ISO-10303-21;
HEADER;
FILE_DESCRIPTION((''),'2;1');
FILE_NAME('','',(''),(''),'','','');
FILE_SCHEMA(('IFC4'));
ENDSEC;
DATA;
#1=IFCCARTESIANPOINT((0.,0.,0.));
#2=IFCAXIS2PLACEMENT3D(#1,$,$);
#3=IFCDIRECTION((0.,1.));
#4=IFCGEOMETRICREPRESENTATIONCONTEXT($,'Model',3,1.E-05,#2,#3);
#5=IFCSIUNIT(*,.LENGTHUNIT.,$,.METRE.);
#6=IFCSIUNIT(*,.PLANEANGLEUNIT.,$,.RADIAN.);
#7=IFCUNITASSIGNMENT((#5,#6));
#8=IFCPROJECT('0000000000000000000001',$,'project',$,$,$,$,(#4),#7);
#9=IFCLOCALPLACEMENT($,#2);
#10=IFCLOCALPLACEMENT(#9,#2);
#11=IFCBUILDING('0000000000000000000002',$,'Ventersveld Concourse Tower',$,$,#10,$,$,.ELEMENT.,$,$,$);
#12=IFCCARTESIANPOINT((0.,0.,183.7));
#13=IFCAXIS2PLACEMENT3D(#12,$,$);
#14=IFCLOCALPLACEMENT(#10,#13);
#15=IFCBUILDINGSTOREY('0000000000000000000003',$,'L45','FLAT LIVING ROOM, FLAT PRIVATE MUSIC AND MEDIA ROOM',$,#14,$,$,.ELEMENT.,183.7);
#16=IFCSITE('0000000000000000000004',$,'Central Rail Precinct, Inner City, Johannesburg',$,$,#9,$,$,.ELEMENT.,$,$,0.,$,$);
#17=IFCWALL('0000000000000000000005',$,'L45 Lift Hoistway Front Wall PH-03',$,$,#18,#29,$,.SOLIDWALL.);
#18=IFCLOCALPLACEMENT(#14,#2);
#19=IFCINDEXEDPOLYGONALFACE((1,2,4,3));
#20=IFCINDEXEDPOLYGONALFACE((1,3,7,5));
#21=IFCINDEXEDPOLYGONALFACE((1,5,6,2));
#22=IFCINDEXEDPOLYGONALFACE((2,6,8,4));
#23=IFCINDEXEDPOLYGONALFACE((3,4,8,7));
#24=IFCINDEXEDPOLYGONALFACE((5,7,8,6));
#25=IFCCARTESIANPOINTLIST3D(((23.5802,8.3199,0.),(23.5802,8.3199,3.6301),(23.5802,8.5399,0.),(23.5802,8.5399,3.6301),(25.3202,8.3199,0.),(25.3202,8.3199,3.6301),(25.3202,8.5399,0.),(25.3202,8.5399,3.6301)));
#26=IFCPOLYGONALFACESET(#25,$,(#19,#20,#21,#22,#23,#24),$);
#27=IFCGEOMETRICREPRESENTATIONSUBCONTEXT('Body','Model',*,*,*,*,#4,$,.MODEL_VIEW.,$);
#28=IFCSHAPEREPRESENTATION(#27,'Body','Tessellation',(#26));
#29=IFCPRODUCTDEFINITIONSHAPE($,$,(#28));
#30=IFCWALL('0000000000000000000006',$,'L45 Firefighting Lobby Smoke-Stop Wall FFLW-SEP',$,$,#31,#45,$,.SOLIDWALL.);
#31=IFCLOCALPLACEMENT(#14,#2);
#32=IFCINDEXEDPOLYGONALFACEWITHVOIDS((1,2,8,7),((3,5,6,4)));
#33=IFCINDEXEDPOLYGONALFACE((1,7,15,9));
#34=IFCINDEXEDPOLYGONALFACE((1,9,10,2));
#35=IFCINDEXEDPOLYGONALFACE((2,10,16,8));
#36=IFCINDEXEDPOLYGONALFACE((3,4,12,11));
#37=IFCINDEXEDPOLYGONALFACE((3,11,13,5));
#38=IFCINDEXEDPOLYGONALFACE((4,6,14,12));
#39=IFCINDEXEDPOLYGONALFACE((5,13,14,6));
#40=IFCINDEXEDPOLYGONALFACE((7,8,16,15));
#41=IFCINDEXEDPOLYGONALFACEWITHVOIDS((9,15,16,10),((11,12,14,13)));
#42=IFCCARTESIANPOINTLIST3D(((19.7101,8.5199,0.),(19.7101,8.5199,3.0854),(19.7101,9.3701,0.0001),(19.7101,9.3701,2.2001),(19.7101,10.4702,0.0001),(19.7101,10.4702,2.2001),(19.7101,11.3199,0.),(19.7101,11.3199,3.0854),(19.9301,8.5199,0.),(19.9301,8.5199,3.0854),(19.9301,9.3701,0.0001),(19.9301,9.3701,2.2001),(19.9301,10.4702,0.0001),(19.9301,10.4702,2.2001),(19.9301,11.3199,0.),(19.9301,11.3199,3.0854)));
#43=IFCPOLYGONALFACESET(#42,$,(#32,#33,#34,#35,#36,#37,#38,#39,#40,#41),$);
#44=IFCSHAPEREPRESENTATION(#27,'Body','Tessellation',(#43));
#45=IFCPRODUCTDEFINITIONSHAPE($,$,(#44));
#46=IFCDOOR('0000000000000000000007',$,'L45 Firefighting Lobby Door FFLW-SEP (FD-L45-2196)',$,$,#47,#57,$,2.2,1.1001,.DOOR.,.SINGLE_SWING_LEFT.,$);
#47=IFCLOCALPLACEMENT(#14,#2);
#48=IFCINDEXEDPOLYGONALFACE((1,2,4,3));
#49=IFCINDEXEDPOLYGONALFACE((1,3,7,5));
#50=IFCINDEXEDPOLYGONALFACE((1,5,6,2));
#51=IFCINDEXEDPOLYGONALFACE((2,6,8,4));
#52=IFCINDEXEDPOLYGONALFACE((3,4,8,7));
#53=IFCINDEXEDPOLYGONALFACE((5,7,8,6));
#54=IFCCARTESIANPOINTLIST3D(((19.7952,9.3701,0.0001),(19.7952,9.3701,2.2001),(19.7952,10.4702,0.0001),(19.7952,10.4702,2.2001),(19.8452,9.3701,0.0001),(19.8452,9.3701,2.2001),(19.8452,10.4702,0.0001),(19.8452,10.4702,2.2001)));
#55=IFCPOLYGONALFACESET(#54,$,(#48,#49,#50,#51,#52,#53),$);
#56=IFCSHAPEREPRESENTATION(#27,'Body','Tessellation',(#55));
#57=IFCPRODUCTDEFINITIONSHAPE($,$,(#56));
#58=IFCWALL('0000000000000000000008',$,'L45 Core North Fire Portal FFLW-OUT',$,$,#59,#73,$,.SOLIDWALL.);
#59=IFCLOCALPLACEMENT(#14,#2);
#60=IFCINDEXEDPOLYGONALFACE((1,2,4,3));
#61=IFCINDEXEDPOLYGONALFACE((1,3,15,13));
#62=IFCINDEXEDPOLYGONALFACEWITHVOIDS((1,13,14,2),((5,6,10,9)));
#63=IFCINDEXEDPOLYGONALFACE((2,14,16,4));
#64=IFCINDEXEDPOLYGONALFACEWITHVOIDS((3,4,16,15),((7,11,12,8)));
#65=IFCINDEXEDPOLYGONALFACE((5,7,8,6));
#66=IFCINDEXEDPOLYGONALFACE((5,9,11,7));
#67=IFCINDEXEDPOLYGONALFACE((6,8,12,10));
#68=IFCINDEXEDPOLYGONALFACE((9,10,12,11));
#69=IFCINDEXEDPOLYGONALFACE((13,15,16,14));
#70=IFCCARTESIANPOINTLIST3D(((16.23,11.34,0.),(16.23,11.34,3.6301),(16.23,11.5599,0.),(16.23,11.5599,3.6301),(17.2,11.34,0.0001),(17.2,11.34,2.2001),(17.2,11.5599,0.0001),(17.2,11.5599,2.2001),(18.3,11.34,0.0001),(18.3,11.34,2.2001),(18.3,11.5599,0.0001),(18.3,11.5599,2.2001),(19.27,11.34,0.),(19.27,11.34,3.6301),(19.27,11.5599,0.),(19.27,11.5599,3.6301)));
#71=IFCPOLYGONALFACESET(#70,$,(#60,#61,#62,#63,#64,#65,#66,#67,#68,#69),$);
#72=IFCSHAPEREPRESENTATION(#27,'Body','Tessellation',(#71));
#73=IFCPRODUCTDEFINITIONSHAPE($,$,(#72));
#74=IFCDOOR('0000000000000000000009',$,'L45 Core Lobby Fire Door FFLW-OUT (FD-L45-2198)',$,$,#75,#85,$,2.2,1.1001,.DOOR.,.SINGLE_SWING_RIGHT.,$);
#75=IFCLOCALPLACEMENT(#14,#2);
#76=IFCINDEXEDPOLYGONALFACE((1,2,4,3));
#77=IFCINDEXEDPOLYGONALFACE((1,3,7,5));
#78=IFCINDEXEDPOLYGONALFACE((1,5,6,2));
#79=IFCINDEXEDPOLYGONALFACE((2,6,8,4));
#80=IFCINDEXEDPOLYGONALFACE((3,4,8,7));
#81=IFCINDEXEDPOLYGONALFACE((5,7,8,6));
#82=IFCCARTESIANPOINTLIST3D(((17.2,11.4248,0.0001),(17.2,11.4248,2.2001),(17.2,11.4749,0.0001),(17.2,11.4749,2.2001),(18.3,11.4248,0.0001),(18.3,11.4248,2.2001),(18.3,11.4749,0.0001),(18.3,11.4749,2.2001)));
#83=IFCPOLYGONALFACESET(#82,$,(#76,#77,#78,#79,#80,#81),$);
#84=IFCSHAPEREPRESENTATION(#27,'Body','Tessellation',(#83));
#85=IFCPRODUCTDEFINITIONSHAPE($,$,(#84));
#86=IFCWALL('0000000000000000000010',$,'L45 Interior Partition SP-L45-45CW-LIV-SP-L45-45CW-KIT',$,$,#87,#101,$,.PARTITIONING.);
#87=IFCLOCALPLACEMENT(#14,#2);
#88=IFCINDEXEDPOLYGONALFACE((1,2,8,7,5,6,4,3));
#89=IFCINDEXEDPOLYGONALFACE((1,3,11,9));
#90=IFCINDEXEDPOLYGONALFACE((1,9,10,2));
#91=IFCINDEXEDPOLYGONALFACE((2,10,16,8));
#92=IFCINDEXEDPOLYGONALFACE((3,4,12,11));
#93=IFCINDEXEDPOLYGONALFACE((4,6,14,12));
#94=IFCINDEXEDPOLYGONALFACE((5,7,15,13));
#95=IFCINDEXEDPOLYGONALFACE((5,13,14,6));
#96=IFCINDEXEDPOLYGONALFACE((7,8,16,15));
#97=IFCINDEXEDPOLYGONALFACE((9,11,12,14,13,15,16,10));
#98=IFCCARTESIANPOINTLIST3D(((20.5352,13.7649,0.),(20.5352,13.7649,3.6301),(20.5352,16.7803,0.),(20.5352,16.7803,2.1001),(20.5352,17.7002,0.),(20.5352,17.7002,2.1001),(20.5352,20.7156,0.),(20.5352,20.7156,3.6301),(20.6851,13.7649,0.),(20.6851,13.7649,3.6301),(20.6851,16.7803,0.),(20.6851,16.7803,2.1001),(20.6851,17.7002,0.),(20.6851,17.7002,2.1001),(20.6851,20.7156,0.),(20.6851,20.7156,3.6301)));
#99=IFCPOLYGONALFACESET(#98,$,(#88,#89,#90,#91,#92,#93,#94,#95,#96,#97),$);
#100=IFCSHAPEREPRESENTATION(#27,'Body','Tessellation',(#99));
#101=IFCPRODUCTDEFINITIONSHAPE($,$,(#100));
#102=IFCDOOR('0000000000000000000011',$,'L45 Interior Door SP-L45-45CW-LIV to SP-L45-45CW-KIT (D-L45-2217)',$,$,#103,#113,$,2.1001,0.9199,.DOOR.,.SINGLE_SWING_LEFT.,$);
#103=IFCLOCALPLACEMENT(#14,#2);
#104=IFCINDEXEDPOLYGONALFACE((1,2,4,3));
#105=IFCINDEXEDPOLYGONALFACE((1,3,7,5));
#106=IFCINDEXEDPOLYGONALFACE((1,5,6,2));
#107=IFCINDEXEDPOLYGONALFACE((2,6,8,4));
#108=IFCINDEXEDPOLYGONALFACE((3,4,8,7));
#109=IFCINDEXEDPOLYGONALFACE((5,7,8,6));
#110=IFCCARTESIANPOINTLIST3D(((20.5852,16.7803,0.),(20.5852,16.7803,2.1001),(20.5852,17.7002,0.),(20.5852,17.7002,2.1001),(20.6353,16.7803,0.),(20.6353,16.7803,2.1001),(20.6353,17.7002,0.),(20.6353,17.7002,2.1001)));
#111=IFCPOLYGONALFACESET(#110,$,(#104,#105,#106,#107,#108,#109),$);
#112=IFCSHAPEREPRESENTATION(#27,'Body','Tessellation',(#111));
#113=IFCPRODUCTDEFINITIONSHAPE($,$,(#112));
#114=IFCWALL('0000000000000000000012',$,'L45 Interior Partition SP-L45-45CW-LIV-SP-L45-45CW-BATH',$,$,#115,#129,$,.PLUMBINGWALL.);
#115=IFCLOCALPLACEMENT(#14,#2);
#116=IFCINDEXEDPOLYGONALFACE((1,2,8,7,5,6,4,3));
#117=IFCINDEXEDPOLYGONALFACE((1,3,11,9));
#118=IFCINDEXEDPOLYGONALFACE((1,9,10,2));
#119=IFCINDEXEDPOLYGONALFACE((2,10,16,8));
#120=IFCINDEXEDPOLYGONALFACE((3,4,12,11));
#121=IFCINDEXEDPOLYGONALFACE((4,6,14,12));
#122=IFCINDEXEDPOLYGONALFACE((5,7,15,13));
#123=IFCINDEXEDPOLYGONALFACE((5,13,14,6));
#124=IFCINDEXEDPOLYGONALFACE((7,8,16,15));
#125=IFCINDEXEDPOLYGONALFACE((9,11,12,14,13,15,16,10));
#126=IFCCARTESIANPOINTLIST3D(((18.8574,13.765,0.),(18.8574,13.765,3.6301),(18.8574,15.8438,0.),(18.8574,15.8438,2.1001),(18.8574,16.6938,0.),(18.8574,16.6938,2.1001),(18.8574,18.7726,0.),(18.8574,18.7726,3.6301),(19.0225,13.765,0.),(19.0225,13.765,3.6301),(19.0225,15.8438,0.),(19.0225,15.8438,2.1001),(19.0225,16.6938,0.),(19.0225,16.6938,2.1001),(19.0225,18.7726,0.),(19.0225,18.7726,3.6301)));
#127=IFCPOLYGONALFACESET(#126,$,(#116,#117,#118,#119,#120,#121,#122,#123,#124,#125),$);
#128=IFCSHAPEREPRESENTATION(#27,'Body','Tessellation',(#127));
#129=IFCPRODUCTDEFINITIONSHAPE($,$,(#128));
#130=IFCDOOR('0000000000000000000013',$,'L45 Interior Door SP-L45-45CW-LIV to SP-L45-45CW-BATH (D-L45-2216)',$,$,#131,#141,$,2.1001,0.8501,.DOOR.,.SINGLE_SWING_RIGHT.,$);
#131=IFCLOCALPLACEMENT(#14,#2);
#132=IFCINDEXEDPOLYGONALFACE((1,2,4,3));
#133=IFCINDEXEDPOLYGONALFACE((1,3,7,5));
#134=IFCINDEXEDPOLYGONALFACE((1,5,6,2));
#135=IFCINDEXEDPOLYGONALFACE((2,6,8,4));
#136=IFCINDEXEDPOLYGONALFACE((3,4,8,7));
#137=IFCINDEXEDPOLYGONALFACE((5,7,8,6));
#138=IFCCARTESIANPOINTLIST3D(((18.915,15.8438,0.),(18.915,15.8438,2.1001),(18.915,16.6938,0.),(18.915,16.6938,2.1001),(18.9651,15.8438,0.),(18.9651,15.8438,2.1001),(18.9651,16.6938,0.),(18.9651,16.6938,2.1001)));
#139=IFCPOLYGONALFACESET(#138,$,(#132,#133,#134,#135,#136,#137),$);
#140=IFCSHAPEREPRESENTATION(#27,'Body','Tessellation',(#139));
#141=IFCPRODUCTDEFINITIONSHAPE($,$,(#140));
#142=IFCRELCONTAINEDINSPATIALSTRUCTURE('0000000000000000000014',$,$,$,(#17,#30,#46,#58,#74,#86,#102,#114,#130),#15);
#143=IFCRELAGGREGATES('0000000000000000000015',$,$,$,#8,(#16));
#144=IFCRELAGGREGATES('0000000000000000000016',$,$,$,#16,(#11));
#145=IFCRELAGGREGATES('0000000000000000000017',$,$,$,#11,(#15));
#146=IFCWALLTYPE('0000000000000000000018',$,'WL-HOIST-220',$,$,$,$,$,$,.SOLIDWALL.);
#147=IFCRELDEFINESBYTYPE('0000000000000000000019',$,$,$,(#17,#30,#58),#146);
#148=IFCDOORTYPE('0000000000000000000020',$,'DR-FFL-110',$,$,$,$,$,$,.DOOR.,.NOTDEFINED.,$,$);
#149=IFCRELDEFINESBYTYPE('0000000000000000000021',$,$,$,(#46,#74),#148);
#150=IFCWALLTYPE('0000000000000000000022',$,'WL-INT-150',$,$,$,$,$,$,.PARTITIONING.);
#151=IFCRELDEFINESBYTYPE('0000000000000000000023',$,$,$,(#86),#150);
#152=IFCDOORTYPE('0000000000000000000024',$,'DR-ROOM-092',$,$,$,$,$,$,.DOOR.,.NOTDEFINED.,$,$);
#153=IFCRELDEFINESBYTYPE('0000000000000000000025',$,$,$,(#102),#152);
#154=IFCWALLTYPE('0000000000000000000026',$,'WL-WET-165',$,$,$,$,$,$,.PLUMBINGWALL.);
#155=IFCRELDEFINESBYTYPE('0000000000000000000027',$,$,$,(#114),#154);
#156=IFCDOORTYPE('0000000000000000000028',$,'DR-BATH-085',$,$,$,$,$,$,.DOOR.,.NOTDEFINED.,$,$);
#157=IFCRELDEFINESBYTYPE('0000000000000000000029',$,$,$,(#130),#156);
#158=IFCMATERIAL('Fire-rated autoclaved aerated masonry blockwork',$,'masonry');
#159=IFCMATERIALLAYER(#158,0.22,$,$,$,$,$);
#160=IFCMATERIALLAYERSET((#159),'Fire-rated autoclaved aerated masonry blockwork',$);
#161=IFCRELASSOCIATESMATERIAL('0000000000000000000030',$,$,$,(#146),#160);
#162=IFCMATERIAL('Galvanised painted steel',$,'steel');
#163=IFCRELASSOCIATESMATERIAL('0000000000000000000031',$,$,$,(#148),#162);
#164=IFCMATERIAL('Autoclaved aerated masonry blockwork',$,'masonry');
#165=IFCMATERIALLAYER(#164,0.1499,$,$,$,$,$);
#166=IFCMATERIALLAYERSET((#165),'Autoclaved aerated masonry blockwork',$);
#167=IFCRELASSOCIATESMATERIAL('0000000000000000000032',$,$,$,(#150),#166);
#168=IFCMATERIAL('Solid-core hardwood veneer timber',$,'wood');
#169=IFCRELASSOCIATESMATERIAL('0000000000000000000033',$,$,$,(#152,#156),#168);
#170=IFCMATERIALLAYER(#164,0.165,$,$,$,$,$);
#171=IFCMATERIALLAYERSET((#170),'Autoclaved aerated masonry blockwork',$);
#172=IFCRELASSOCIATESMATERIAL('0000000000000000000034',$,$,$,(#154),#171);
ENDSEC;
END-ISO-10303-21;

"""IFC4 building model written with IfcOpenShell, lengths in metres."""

from ifc_helpers import new_model, si_unit, direction, frame, frame_2d, origin, place, context, subcontext, project, spatial, rectangle, extrude, material, layer, layer_set, type_object, element, fill, save


model = new_model("IFC4")

# Units and contexts
model_context = context("Model", 3, precision=1e-05, world=origin(), true_north=direction((0.0, 1.0)))
body_context = subcontext(model_context, "Body", "Model", "MODEL_VIEW")
ifc_project = project(units=[si_unit("LENGTHUNIT", "METRE"), si_unit("PLANEANGLEUNIT", "RADIAN")], contexts=[model_context])

# Site, building, storey
site_placement = place(None, origin())
site = spatial("IfcSite", under=ifc_project, at=site_placement, Name="Central Rail Precinct, Inner City, Johannesburg", CompositionType="ELEMENT", RefElevation=0.0)
building_placement = place(site_placement, origin())
building = spatial("IfcBuilding", under=site, at=building_placement, Name="Ventersveld Concourse Tower", CompositionType="ELEMENT")
storey_placement = place(building_placement, frame((0.0, 0.0, 183.7)))
storey = spatial("IfcBuildingStorey", under=building, at=storey_placement, Name="L45", Description="FLAT LIVING ROOM, FLAT PRIVATE MUSIC AND MEDIA ROOM", CompositionType="ELEMENT", Elevation=183.7)

# Shared definitions
ifc_material_1 = material(Name="Fire-rated autoclaved aerated masonry blockwork", Category="masonry")

# Shared definitions
ifc_layer_1 = layer(ifc_material_1, 0.22)
ifc_layer_set_1 = layer_set([ifc_layer_1], Name="Fire-rated autoclaved aerated masonry blockwork")
wall_type_1 = type_object("IfcWallType", Name="WL-HOIST-220", PredefinedType="SOLIDWALL", material=ifc_layer_set_1)

# Wall
wall_1_placement = place(storey_placement, frame((23.5801, 8.4299, 0.0), z_axis=(0.0, 0.0, 1.0), x_axis=(1.0, 0.0, 0.0)))
element("IfcWall", 1, at=wall_1_placement, inside=storey, type_object=wall_type_1, Name="L45 Lift Hoistway Front Wall PH-03", PredefinedType="SOLIDWALL", context=body_context, shape_type="SweptSolid", body=[
    extrude(rectangle(XDim=1.74, YDim=0.22, at=frame_2d((0.8701, 0.0))), origin(), (0.0, 0.0, 1.0), 3.6301),
])

# Walls, openings, doors
wall_2_placement = place(storey_placement, frame((19.8201, 8.52, 0.0), z_axis=(0.0, 0.0, 1.0), x_axis=(0.0, 1.0, 0.0)))
wall_2 = element("IfcWall", 2, at=wall_2_placement, inside=storey, type_object=wall_type_1, Name="L45 Firefighting Lobby Smoke-Stop Wall FFLW-SEP", PredefinedType="SOLIDWALL", context=body_context, shape_type="SweptSolid", body=[
    extrude(rectangle(XDim=2.8, YDim=0.22, at=frame_2d((1.3999, 0.0))), origin(), (0.0, 0.0, 1.0), 3.0854),
])
opening_1_placement = place(wall_2_placement, frame((0.8501, 0.0, 0.0)))
opening_1 = element("IfcOpeningElement", 3, at=opening_1_placement, cuts=wall_2, PredefinedType="OPENING", context=body_context, shape_type="SweptSolid", body=[
    extrude(rectangle(XDim=1.1001, YDim=2.2, at=frame_2d((0.55, 1.1001))), frame((0.0, 0.1201, 0.0), z_axis=(0.0, -1.0, 0.0), x_axis=(1.0, 0.0, 0.0)), (0.0, 0.0, 1.0), 0.24),
])
ifc_material_2 = material(Name="Galvanised painted steel", Category="steel")
door_type_1 = type_object("IfcDoorType", Name="DR-FFL-110", OperationType="NOTDEFINED", PredefinedType="DOOR", material=ifc_material_2)
door_1_placement = place(opening_1_placement, origin())
door_1 = element("IfcDoor", 4, at=door_1_placement, inside=storey, type_object=door_type_1, Name="L45 Firefighting Lobby Door FFLW-SEP (FD-L45-2196)", OperationType="SINGLE_SWING_LEFT", OverallHeight=2.2, OverallWidth=1.1001, PredefinedType="DOOR", context=body_context, shape_type="SweptSolid", body=[
    extrude(rectangle(XDim=1.1001, YDim=2.2, at=frame_2d((0.55, 1.1001))), frame((0.0, 0.0249, 0.0), z_axis=(0.0, -1.0, 0.0), x_axis=(1.0, 0.0, 0.0)), (0.0, 0.0, 1.0), 0.05),
])
fill(opening_1, door_1)
wall_3_placement = place(storey_placement, frame((16.23, 11.45, 0.0), z_axis=(0.0, 0.0, 1.0), x_axis=(1.0, 0.0, 0.0)))
wall_3 = element("IfcWall", 5, at=wall_3_placement, inside=storey, type_object=wall_type_1, Name="L45 Core North Fire Portal FFLW-OUT", PredefinedType="SOLIDWALL", context=body_context, shape_type="SweptSolid", body=[
    extrude(rectangle(XDim=3.04, YDim=0.22, at=frame_2d((1.52, 0.0))), origin(), (0.0, 0.0, 1.0), 3.6301),
])
opening_2_placement = place(wall_3_placement, frame((0.97, 0.0, 0.0)))
opening_2 = element("IfcOpeningElement", 6, at=opening_2_placement, cuts=wall_3, PredefinedType="OPENING", context=body_context, shape_type="SweptSolid", body=[
    extrude(rectangle(XDim=1.1001, YDim=2.2, at=frame_2d((0.55, 1.1001))), frame((0.0, 0.1201, 0.0), z_axis=(0.0, -1.0, 0.0), x_axis=(1.0, 0.0, 0.0)), (0.0, 0.0, 1.0), 0.24),
])
door_2_placement = place(opening_2_placement, origin())
door_2 = element("IfcDoor", 7, at=door_2_placement, inside=storey, type_object=door_type_1, Name="L45 Core Lobby Fire Door FFLW-OUT (FD-L45-2198)", OperationType="SINGLE_SWING_RIGHT", OverallHeight=2.2, OverallWidth=1.1001, PredefinedType="DOOR", context=body_context, shape_type="SweptSolid", body=[
    extrude(rectangle(XDim=1.1001, YDim=2.2, at=frame_2d((0.55, 1.1001))), frame((0.0, 0.0249, 0.0), z_axis=(0.0, -1.0, 0.0), x_axis=(1.0, 0.0, 0.0)), (0.0, 0.0, 1.0), 0.05),
])
fill(opening_2, door_2)
ifc_material_3 = material(Name="Autoclaved aerated masonry blockwork", Category="masonry")
ifc_layer_2 = layer(ifc_material_3, 0.1499)
ifc_layer_set_2 = layer_set([ifc_layer_2], Name="Autoclaved aerated masonry blockwork")
wall_type_2 = type_object("IfcWallType", Name="WL-INT-150", PredefinedType="PARTITIONING", material=ifc_layer_set_2)
wall_4_placement = place(storey_placement, frame((20.6101, 13.7649, 0.0), z_axis=(0.0, 0.0, 1.0), x_axis=(0.0, 1.0, 0.0)))
wall_4 = element("IfcWall", 8, at=wall_4_placement, inside=storey, type_object=wall_type_2, Name="L45 Interior Partition SP-L45-45CW-LIV-SP-L45-45CW-KIT", PredefinedType="PARTITIONING", context=body_context, shape_type="SweptSolid", body=[
    extrude(rectangle(XDim=6.9507, YDim=0.1499, at=frame_2d((3.4753, 0.0))), origin(), (0.0, 0.0, 1.0), 3.6301),
])
opening_3_placement = place(wall_4_placement, frame((3.0154, 0.0, 0.0)))
opening_3 = element("IfcOpeningElement", 9, at=opening_3_placement, cuts=wall_4, PredefinedType="OPENING", context=body_context, shape_type="SweptSolid", body=[
    extrude(rectangle(XDim=0.9199, YDim=2.1001, at=frame_2d((0.46, 1.05))), frame((0.0, 0.085, 0.0), z_axis=(0.0, -1.0, 0.0), x_axis=(1.0, 0.0, 0.0)), (0.0, 0.0, 1.0), 0.1699),
])
ifc_material_4 = material(Name="Solid-core hardwood veneer timber", Category="wood")
door_type_2 = type_object("IfcDoorType", Name="DR-ROOM-092", OperationType="NOTDEFINED", PredefinedType="DOOR", material=ifc_material_4)
door_3_placement = place(opening_3_placement, origin())
door_3 = element("IfcDoor", 10, at=door_3_placement, inside=storey, type_object=door_type_2, Name="L45 Interior Door SP-L45-45CW-LIV to SP-L45-45CW-KIT (D-L45-2217)", OperationType="SINGLE_SWING_LEFT", OverallHeight=2.1001, OverallWidth=0.9199, PredefinedType="DOOR", context=body_context, shape_type="SweptSolid", body=[
    extrude(rectangle(XDim=0.9199, YDim=2.1001, at=frame_2d((0.46, 1.05))), frame((0.0, 0.0249, 0.0), z_axis=(0.0, -1.0, 0.0), x_axis=(1.0, 0.0, 0.0)), (0.0, 0.0, 1.0), 0.05),
])
fill(opening_3, door_3)
ifc_layer_3 = layer(ifc_material_3, 0.165)
ifc_layer_set_3 = layer_set([ifc_layer_3], Name="Autoclaved aerated masonry blockwork")
wall_type_3 = type_object("IfcWallType", Name="WL-WET-165", PredefinedType="PLUMBINGWALL", material=ifc_layer_set_3)
wall_5_placement = place(storey_placement, frame((18.9399, 13.7649, 0.0), z_axis=(0.0, 0.0, 1.0), x_axis=(0.0, 1.0, 0.0)))
wall_5 = element("IfcWall", 11, at=wall_5_placement, inside=storey, type_object=wall_type_3, Name="L45 Interior Partition SP-L45-45CW-LIV-SP-L45-45CW-BATH", PredefinedType="PLUMBINGWALL", context=body_context, shape_type="SweptSolid", body=[
    extrude(rectangle(XDim=5.0076, YDim=0.165, at=frame_2d((2.5039, 0.0))), origin(), (0.0, 0.0, 1.0), 3.6301),
])
opening_4_placement = place(wall_5_placement, frame((2.0789, 0.0, 0.0)))
opening_4 = element("IfcOpeningElement", 12, at=opening_4_placement, cuts=wall_5, PredefinedType="OPENING", context=body_context, shape_type="SweptSolid", body=[
    extrude(rectangle(XDim=0.8501, YDim=2.1001, at=frame_2d((0.425, 1.05))), frame((0.0, 0.0925, 0.0), z_axis=(0.0, -1.0, 0.0), x_axis=(1.0, 0.0, 0.0)), (0.0, 0.0, 1.0), 0.1851),
])
door_type_3 = type_object("IfcDoorType", Name="DR-BATH-085", OperationType="NOTDEFINED", PredefinedType="DOOR", material=ifc_material_4)
door_4_placement = place(opening_4_placement, origin())
door_4 = element("IfcDoor", 13, at=door_4_placement, inside=storey, type_object=door_type_3, Name="L45 Interior Door SP-L45-45CW-LIV to SP-L45-45CW-BATH (D-L45-2216)", OperationType="SINGLE_SWING_RIGHT", OverallHeight=2.1001, OverallWidth=0.8501, PredefinedType="DOOR", context=body_context, shape_type="SweptSolid", body=[
    extrude(rectangle(XDim=0.8501, YDim=2.1001, at=frame_2d((0.425, 1.05))), frame((0.0, 0.0249, 0.0), z_axis=(0.0, -1.0, 0.0), x_axis=(1.0, 0.0, 0.0)), (0.0, 0.0, 1.0), 0.05),
])
fill(opening_4, door_4)

save(model, "model.ifc")
